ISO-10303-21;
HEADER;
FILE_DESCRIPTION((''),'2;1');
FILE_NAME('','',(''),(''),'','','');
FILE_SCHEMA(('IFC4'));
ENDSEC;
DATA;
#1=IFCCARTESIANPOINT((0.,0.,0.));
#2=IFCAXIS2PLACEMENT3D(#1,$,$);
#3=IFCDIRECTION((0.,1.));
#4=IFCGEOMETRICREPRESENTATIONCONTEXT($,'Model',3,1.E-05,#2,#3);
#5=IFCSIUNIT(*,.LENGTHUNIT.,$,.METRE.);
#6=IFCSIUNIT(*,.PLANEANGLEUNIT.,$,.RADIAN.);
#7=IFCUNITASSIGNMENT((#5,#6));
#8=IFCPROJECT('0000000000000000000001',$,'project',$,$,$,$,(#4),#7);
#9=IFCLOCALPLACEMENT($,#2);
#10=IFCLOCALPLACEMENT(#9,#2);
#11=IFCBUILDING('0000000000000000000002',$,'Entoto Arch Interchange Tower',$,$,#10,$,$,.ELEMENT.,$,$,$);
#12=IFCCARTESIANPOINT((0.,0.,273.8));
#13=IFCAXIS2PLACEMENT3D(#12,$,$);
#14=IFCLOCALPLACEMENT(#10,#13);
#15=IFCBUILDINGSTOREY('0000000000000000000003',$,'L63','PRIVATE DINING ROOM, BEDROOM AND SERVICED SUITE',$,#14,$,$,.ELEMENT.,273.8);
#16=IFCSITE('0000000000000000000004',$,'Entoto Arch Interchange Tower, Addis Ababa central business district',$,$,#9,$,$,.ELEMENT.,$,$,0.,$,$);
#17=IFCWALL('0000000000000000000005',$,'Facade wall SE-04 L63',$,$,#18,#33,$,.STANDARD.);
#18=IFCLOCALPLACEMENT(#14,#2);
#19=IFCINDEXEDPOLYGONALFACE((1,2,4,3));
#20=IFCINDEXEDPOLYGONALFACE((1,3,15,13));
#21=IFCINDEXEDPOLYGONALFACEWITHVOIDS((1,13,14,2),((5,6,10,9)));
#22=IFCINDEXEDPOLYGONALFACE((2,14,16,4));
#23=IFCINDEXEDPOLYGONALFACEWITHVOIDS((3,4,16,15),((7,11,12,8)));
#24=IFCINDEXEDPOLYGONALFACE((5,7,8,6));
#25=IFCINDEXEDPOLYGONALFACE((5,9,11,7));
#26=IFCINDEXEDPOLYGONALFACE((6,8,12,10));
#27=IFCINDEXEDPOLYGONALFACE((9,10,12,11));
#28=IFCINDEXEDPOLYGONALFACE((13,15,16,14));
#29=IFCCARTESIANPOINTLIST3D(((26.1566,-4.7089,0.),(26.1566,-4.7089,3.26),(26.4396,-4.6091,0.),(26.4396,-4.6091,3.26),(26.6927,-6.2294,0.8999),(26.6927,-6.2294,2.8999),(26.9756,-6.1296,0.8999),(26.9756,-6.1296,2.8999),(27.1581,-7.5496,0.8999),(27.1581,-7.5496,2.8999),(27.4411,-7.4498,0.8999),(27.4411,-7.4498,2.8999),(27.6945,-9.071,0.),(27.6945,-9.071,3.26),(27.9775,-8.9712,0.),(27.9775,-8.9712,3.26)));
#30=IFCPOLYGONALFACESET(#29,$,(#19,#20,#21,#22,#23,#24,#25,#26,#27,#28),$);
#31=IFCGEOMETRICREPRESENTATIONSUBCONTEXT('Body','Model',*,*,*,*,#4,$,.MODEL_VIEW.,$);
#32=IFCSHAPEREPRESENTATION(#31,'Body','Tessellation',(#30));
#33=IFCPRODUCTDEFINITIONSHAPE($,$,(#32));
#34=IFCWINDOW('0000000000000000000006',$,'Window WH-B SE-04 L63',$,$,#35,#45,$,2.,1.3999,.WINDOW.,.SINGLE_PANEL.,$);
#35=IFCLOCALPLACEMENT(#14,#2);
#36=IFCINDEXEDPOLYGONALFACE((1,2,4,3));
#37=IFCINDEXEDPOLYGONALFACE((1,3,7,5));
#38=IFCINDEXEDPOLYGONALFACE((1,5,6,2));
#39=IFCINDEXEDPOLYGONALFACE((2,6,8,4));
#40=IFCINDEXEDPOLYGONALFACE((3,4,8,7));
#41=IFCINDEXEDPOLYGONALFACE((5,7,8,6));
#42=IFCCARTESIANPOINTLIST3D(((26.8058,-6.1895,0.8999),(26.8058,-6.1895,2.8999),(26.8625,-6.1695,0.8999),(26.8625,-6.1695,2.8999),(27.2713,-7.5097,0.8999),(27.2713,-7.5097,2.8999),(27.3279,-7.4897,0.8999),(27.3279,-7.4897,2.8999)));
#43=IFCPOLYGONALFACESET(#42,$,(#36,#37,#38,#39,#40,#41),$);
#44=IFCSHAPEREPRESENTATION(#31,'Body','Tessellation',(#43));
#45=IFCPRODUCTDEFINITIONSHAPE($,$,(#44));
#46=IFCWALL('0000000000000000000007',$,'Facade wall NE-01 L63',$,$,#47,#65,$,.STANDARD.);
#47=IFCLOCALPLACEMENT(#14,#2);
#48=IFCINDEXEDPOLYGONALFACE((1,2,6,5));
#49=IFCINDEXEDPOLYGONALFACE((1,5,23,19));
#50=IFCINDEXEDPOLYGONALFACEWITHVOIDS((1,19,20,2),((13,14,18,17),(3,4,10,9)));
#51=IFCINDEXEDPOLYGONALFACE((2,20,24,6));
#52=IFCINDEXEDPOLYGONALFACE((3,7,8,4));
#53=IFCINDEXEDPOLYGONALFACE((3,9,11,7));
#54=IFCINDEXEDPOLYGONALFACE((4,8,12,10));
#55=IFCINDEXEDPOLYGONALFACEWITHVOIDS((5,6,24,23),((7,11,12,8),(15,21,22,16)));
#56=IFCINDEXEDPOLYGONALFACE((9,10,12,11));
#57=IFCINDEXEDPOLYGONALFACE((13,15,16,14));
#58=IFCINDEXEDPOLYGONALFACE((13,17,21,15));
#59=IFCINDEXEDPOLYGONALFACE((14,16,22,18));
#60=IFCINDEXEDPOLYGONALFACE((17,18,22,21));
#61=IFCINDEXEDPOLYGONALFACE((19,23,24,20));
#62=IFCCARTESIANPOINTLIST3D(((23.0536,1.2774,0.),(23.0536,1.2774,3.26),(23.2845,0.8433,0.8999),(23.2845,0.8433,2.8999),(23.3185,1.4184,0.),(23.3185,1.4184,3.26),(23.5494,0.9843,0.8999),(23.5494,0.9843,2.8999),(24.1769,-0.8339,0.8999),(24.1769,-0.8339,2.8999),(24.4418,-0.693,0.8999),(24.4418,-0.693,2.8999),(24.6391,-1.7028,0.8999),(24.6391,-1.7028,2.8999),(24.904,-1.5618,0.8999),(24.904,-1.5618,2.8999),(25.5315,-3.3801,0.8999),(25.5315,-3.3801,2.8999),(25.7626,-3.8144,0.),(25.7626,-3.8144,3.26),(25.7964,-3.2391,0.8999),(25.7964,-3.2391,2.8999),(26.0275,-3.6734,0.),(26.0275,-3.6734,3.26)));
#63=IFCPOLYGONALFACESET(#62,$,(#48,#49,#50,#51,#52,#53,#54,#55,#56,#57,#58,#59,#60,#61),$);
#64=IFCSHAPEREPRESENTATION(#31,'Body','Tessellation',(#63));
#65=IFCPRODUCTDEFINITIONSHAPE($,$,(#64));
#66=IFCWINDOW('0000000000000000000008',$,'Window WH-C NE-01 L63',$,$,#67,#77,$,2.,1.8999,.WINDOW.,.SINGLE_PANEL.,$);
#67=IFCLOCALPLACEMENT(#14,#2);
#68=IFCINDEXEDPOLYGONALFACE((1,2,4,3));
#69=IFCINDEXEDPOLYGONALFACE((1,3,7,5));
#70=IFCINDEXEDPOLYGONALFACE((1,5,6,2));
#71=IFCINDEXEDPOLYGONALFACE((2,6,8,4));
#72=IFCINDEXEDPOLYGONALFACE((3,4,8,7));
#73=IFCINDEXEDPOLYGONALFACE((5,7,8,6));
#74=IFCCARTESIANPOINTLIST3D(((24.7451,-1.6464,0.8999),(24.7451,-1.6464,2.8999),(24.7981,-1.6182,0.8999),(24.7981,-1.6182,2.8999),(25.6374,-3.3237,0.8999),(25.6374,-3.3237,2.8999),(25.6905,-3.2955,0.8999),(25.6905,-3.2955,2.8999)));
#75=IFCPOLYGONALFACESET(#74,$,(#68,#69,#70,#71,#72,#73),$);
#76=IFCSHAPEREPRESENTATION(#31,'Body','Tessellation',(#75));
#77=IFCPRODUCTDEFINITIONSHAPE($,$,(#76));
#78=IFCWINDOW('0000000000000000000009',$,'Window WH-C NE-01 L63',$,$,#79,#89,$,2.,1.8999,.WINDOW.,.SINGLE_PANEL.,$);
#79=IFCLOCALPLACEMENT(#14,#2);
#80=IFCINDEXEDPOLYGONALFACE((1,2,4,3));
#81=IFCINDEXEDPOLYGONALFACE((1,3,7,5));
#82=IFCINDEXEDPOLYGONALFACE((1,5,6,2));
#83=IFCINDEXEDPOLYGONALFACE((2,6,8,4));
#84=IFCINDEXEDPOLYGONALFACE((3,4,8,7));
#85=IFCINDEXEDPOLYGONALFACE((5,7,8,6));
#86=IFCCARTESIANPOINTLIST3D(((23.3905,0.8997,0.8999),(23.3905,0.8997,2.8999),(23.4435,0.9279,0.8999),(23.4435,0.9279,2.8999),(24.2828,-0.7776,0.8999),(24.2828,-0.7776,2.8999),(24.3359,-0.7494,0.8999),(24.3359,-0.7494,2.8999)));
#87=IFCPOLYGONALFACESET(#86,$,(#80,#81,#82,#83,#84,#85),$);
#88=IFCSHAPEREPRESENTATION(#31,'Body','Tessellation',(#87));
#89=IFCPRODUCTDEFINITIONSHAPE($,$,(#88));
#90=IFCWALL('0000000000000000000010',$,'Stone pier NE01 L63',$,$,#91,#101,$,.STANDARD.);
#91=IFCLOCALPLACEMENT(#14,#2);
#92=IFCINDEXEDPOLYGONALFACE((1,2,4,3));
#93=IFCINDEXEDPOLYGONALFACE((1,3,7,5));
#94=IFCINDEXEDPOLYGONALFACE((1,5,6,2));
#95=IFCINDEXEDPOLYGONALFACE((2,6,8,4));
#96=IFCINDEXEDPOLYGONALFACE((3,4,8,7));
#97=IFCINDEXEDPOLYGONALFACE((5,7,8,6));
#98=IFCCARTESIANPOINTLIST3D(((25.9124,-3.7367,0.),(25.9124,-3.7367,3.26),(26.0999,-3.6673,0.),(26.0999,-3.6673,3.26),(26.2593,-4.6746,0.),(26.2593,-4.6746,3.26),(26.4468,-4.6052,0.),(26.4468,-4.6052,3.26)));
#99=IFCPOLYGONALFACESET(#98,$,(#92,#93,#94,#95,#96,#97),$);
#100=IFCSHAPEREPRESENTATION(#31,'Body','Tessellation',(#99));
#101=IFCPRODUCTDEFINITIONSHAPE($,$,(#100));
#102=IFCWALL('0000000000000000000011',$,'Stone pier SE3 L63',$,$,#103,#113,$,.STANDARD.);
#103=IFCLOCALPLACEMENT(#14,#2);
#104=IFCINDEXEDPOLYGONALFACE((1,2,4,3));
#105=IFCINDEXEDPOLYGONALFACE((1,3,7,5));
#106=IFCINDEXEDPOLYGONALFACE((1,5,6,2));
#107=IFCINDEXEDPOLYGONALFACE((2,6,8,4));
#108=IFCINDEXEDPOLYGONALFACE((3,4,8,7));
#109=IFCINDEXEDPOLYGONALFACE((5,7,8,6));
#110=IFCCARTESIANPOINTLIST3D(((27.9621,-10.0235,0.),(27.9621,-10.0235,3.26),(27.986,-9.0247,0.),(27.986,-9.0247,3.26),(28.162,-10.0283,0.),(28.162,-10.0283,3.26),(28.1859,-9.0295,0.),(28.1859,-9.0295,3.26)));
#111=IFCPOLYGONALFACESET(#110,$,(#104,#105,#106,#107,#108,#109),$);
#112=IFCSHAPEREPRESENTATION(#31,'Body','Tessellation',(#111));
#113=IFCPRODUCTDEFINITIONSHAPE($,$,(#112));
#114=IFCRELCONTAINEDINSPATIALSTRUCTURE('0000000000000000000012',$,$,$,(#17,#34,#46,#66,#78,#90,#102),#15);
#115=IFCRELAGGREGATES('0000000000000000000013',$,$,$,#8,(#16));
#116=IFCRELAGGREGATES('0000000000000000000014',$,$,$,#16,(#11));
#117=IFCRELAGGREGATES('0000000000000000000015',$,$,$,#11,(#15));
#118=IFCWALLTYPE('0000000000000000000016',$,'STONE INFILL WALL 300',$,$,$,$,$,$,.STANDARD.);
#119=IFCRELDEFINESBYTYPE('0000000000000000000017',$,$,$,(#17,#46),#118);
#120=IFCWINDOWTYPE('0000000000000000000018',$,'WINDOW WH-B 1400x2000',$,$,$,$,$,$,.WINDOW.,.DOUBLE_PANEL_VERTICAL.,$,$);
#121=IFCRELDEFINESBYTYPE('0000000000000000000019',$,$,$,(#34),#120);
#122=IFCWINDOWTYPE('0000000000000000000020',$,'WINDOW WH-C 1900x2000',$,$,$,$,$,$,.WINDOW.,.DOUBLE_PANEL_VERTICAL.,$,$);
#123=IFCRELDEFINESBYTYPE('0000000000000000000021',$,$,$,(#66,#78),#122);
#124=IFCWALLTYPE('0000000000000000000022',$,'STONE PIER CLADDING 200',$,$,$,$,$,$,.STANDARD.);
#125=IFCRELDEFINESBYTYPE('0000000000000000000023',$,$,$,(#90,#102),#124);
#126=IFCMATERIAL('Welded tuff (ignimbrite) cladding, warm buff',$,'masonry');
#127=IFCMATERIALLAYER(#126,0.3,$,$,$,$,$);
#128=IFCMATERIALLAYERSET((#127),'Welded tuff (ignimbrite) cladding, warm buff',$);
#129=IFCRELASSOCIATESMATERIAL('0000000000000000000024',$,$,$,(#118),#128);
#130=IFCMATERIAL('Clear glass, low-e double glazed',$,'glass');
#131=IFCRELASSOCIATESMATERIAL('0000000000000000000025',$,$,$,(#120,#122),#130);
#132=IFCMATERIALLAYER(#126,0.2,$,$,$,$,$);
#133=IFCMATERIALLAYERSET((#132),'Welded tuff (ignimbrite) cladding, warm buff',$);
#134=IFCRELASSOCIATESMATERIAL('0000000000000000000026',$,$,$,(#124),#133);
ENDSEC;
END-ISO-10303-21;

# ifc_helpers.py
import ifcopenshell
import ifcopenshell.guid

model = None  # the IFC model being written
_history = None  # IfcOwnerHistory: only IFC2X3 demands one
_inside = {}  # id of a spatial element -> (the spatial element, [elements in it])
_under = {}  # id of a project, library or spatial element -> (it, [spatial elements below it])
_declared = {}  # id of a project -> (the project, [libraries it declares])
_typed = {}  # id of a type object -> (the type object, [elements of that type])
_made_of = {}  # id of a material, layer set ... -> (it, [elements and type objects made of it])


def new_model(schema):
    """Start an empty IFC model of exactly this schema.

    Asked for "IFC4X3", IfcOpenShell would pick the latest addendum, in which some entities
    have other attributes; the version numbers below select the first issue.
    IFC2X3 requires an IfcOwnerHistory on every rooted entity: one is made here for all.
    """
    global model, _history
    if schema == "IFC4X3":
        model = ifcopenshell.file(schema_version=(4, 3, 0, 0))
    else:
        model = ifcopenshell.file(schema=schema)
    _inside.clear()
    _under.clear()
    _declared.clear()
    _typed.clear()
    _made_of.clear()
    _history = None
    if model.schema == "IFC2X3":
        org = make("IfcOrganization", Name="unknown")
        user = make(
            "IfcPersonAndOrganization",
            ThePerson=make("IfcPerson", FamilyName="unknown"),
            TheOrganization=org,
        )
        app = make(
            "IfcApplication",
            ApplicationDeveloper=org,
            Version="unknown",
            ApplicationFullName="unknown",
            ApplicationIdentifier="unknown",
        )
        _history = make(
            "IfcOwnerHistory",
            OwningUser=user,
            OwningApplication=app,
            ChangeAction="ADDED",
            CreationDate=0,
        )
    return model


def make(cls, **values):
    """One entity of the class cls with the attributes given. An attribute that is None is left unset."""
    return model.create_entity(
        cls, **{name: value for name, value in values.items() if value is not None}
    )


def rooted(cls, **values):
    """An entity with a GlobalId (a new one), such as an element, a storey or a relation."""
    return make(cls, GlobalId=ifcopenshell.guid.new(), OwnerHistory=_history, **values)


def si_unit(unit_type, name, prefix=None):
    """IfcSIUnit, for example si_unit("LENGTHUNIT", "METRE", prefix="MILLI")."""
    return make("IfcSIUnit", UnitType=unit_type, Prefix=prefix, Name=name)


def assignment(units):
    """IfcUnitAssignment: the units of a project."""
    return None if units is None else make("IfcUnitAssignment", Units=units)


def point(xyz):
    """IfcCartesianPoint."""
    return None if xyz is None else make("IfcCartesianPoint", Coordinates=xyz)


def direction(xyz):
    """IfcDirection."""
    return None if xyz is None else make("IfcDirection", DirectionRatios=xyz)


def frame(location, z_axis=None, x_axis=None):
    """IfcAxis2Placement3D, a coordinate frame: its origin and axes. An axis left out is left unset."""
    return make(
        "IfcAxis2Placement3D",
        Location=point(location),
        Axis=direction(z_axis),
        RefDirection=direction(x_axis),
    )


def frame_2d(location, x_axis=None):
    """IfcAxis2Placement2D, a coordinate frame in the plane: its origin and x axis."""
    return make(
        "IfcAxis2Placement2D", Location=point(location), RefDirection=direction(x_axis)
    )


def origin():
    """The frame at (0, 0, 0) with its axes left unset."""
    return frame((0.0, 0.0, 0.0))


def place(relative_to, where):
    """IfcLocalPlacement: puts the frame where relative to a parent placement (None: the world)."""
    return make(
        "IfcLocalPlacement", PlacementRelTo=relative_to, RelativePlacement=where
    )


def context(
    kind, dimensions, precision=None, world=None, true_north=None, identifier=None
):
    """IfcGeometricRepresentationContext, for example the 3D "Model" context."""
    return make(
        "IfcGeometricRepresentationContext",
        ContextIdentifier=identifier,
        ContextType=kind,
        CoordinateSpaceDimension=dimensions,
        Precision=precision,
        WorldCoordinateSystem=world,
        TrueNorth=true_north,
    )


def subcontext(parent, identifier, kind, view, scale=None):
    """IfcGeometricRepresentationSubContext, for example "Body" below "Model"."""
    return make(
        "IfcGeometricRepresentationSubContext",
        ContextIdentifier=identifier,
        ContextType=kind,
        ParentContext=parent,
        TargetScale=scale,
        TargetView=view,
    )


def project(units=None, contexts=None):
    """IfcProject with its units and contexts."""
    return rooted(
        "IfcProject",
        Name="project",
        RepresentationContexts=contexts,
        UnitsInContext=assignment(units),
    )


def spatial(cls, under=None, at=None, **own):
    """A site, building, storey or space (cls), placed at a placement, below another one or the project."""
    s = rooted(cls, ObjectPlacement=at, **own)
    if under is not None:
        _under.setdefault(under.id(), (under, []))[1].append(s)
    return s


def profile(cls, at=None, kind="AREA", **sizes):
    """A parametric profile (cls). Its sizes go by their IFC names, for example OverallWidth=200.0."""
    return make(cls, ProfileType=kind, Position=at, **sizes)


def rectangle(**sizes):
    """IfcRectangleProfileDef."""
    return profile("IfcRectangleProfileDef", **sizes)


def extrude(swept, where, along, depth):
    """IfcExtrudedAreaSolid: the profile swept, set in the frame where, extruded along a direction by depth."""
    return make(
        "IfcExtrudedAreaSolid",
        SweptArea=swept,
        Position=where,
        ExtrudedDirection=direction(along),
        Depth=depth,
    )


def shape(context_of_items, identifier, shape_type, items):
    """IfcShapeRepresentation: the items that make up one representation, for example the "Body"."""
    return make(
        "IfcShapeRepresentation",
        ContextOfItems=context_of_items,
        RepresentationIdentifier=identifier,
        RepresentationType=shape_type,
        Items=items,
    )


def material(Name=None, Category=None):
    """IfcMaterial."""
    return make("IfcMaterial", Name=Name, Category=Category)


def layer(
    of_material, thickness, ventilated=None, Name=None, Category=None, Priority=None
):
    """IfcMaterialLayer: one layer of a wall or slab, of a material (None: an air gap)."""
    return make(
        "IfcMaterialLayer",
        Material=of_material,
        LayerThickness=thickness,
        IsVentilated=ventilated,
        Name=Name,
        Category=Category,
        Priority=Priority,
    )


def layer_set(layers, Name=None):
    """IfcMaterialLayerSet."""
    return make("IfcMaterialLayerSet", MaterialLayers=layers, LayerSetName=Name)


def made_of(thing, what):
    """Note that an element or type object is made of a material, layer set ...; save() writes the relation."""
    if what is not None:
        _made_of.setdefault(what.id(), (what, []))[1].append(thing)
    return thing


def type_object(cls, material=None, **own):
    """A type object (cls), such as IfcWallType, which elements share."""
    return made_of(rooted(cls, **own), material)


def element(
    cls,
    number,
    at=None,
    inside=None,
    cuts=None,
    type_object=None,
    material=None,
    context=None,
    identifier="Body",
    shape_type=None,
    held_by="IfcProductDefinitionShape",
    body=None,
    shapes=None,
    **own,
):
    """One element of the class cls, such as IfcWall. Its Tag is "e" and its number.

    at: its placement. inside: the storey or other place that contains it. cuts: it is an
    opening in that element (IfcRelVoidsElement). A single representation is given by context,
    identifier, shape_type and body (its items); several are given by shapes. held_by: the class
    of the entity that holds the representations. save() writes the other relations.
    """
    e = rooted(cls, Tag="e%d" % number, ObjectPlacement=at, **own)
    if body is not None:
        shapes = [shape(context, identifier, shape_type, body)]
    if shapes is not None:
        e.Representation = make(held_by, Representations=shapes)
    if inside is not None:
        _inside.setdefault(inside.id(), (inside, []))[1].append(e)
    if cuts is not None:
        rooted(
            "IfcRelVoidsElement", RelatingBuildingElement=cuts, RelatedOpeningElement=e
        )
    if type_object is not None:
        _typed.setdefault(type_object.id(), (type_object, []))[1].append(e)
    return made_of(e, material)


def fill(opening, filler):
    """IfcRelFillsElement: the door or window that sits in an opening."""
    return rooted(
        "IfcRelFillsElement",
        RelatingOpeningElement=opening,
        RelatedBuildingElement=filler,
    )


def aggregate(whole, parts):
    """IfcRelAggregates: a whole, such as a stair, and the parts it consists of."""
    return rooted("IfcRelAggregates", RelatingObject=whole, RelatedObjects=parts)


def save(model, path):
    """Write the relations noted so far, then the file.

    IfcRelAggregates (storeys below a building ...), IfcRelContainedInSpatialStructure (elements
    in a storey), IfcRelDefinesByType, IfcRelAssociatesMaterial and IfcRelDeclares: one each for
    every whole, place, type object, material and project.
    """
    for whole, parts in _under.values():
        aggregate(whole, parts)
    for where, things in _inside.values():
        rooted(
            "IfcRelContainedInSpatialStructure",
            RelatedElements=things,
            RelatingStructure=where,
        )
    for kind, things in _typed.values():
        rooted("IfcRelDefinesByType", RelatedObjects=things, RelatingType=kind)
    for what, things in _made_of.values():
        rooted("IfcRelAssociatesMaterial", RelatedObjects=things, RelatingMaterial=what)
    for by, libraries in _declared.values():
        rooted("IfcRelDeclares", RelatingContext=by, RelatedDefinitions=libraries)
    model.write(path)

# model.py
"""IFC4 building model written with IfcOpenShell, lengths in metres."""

from ifc_helpers import new_model, si_unit, direction, frame, frame_2d, origin, place, context, subcontext, project, spatial, rectangle, extrude, material, layer, layer_set, type_object, element, fill, save


model = new_model("IFC4")

# Units and contexts
model_context = context("Model", 3, precision=1e-05, world=origin(), true_north=direction((0.0, 1.0)))
body_context = subcontext(model_context, "Body", "Model", "MODEL_VIEW")
ifc_project = project(units=[si_unit("LENGTHUNIT", "METRE"), si_unit("PLANEANGLEUNIT", "RADIAN")], contexts=[model_context])

# Site, building, storey
site_placement = place(None, origin())
site = spatial("IfcSite", under=ifc_project, at=site_placement, Name="Entoto Arch Interchange Tower, Addis Ababa central business district", CompositionType="ELEMENT", RefElevation=0.0)
building_placement = place(site_placement, origin())
building = spatial("IfcBuilding", under=site, at=building_placement, Name="Entoto Arch Interchange Tower", CompositionType="ELEMENT")
storey_placement = place(building_placement, frame((0.0, 0.0, 273.8)))
storey = spatial("IfcBuildingStorey", under=building, at=storey_placement, Name="L63", Description="PRIVATE DINING ROOM, BEDROOM AND SERVICED SUITE", CompositionType="ELEMENT", Elevation=273.8)

# Wall, opening, window
ifc_material_1 = material(Name="Welded tuff (ignimbrite) cladding, warm buff", Category="masonry")
ifc_layer_1 = layer(ifc_material_1, 0.3)
ifc_layer_set_1 = layer_set([ifc_layer_1], Name="Welded tuff (ignimbrite) cladding, warm buff")
wall_type_1 = type_object("IfcWallType", Name="STONE INFILL WALL 300", PredefinedType="STANDARD", material=ifc_layer_set_1)
wall_1_placement = place(storey_placement, frame((27.8359, -9.021, 0.0), z_axis=(0.0, 0.0, 1.0), x_axis=(-0.332492, 0.943106, 0.0)))
wall_1 = element("IfcWall", 1, at=wall_1_placement, inside=storey, type_object=wall_type_1, Name="Facade wall SE-04 L63", PredefinedType="STANDARD", context=body_context, shape_type="SweptSolid", body=[
    extrude(rectangle(XDim=4.6252, YDim=0.3, at=frame_2d((2.3125, 0.0))), origin(), (0.0, 0.0, 1.0), 3.26),
])
opening_1_placement = place(wall_1_placement, frame((1.613, 0.0, 0.8999)))
opening_1 = element("IfcOpeningElement", 2, at=opening_1_placement, cuts=wall_1, PredefinedType="OPENING", context=body_context, shape_type="SweptSolid", body=[
    extrude(rectangle(XDim=1.3999, YDim=2.0, at=frame_2d((0.7, 1.0))), frame((0.0, 0.1602, 0.0), z_axis=(0.0, -1.0, 0.0), x_axis=(1.0, 0.0, 0.0)), (0.0, 0.0, 1.0), 0.3201),
])
ifc_material_2 = material(Name="Clear glass, low-e double glazed", Category="glass")
window_type_1 = type_object("IfcWindowType", Name="WINDOW WH-B 1400x2000", PartitioningType="DOUBLE_PANEL_VERTICAL", PredefinedType="WINDOW", material=ifc_material_2)
window_1_placement = place(opening_1_placement, origin())
window_1 = element("IfcWindow", 3, at=window_1_placement, inside=storey, type_object=window_type_1, Name="Window WH-B SE-04 L63", OverallHeight=2.0, OverallWidth=1.3999, PartitioningType="SINGLE_PANEL", PredefinedType="WINDOW", context=body_context, shape_type="SweptSolid", body=[
    extrude(rectangle(XDim=1.3999, YDim=2.0, at=frame_2d((0.7, 1.0))), frame((0.0, 0.03, 0.0), z_axis=(0.0, -1.0, 0.0), x_axis=(1.0, 0.0, 0.0)), (0.0, 0.0, 1.0), 0.0601),
])
fill(opening_1, window_1)

# Wall, openings, windows
wall_2_placement = place(storey_placement, frame((25.895, -3.7439, 0.0), z_axis=(0.0, 0.0, 1.0), x_axis=(-0.469692, 0.882831, 0.0)))
wall_2 = element("IfcWall", 4, at=wall_2_placement, inside=storey, type_object=wall_type_1, Name="Facade wall NE-01 L63", PredefinedType="STANDARD", context=body_context, shape_type="SweptSolid", body=[
    extrude(rectangle(XDim=5.7676, YDim=0.3, at=frame_2d((2.8838, 0.0))), origin(), (0.0, 0.0, 1.0), 3.26),
])
opening_2_placement = place(wall_2_placement, frame((0.4919, 0.0, 0.8999)))
opening_2 = element("IfcOpeningElement", 5, at=opening_2_placement, cuts=wall_2, PredefinedType="OPENING", context=body_context, shape_type="SweptSolid", body=[
    extrude(rectangle(XDim=1.8999, YDim=2.0, at=frame_2d((0.95, 1.0))), frame((0.0, 0.1602, 0.0), z_axis=(0.0, -1.0, 0.0), x_axis=(1.0, 0.0, 0.0)), (0.0, 0.0, 1.0), 0.3201),
])
opening_3_placement = place(wall_2_placement, frame((3.376, 0.0, 0.8999)))
opening_3 = element("IfcOpeningElement", 6, at=opening_3_placement, cuts=wall_2, PredefinedType="OPENING", context=body_context, shape_type="SweptSolid", body=[
    extrude(rectangle(XDim=1.8999, YDim=2.0, at=frame_2d((0.95, 1.0))), frame((0.0, 0.1602, 0.0), z_axis=(0.0, -1.0, 0.0), x_axis=(1.0, 0.0, 0.0)), (0.0, 0.0, 1.0), 0.3201),
])
window_type_2 = type_object("IfcWindowType", Name="WINDOW WH-C 1900x2000", PartitioningType="DOUBLE_PANEL_VERTICAL", PredefinedType="WINDOW", material=ifc_material_2)
window_2_placement = place(opening_2_placement, origin())
window_2 = element("IfcWindow", 7, at=window_2_placement, inside=storey, type_object=window_type_2, Name="Window WH-C NE-01 L63", OverallHeight=2.0, OverallWidth=1.8999, PartitioningType="SINGLE_PANEL", PredefinedType="WINDOW", context=body_context, shape_type="SweptSolid", body=[
    extrude(rectangle(XDim=1.8999, YDim=2.0, at=frame_2d((0.95, 1.0))), frame((0.0, 0.03, 0.0), z_axis=(0.0, -1.0, 0.0), x_axis=(1.0, 0.0, 0.0)), (0.0, 0.0, 1.0), 0.0601),
])
fill(opening_2, window_2)
window_3_placement = place(opening_3_placement, origin())
window_3 = element("IfcWindow", 8, at=window_3_placement, inside=storey, type_object=window_type_2, Name="Window WH-C NE-01 L63", OverallHeight=2.0, OverallWidth=1.8999, PartitioningType="SINGLE_PANEL", PredefinedType="WINDOW", context=body_context, shape_type="SweptSolid", body=[
    extrude(rectangle(XDim=1.8999, YDim=2.0, at=frame_2d((0.95, 1.0))), frame((0.0, 0.03, 0.0), z_axis=(0.0, -1.0, 0.0), x_axis=(1.0, 0.0, 0.0)), (0.0, 0.0, 1.0), 0.0601),
])
fill(opening_3, window_3)

# Walls
ifc_layer_2 = layer(ifc_material_1, 0.2)
ifc_layer_set_2 = layer_set([ifc_layer_2], Name="Welded tuff (ignimbrite) cladding, warm buff")
wall_type_2 = type_object("IfcWallType", Name="STONE PIER CLADDING 200", PredefinedType="STANDARD", material=ifc_layer_set_2)
wall_3_placement = place(storey_placement, frame((26.353, -4.6399, 0.0), z_axis=(0.0, 0.0, 1.0), x_axis=(-0.346893, 0.937905, 0.0)))
element("IfcWall", 9, at=wall_3_placement, inside=storey, type_object=wall_type_2, Name="Stone pier NE01 L63", PredefinedType="STANDARD", context=body_context, shape_type="SweptSolid", body=[
    extrude(rectangle(XDim=1.0, YDim=0.2, at=frame_2d((0.5, 0.0))), origin(), (0.0, 0.0, 1.0), 3.26),
])
wall_4_placement = place(storey_placement, frame((28.062, -10.0259, 0.0), z_axis=(0.0, 0.0, 1.0), x_axis=(0.023948, 0.999713, 0.0)))
element("IfcWall", 10, at=wall_4_placement, inside=storey, type_object=wall_type_2, Name="Stone pier SE3 L63", PredefinedType="STANDARD", context=body_context, shape_type="SweptSolid", body=[
    extrude(rectangle(XDim=0.999, YDim=0.2, at=frame_2d((0.4995, 0.0))), origin(), (0.0, 0.0, 1.0), 3.26),
])

save(model, "model.ifc")
